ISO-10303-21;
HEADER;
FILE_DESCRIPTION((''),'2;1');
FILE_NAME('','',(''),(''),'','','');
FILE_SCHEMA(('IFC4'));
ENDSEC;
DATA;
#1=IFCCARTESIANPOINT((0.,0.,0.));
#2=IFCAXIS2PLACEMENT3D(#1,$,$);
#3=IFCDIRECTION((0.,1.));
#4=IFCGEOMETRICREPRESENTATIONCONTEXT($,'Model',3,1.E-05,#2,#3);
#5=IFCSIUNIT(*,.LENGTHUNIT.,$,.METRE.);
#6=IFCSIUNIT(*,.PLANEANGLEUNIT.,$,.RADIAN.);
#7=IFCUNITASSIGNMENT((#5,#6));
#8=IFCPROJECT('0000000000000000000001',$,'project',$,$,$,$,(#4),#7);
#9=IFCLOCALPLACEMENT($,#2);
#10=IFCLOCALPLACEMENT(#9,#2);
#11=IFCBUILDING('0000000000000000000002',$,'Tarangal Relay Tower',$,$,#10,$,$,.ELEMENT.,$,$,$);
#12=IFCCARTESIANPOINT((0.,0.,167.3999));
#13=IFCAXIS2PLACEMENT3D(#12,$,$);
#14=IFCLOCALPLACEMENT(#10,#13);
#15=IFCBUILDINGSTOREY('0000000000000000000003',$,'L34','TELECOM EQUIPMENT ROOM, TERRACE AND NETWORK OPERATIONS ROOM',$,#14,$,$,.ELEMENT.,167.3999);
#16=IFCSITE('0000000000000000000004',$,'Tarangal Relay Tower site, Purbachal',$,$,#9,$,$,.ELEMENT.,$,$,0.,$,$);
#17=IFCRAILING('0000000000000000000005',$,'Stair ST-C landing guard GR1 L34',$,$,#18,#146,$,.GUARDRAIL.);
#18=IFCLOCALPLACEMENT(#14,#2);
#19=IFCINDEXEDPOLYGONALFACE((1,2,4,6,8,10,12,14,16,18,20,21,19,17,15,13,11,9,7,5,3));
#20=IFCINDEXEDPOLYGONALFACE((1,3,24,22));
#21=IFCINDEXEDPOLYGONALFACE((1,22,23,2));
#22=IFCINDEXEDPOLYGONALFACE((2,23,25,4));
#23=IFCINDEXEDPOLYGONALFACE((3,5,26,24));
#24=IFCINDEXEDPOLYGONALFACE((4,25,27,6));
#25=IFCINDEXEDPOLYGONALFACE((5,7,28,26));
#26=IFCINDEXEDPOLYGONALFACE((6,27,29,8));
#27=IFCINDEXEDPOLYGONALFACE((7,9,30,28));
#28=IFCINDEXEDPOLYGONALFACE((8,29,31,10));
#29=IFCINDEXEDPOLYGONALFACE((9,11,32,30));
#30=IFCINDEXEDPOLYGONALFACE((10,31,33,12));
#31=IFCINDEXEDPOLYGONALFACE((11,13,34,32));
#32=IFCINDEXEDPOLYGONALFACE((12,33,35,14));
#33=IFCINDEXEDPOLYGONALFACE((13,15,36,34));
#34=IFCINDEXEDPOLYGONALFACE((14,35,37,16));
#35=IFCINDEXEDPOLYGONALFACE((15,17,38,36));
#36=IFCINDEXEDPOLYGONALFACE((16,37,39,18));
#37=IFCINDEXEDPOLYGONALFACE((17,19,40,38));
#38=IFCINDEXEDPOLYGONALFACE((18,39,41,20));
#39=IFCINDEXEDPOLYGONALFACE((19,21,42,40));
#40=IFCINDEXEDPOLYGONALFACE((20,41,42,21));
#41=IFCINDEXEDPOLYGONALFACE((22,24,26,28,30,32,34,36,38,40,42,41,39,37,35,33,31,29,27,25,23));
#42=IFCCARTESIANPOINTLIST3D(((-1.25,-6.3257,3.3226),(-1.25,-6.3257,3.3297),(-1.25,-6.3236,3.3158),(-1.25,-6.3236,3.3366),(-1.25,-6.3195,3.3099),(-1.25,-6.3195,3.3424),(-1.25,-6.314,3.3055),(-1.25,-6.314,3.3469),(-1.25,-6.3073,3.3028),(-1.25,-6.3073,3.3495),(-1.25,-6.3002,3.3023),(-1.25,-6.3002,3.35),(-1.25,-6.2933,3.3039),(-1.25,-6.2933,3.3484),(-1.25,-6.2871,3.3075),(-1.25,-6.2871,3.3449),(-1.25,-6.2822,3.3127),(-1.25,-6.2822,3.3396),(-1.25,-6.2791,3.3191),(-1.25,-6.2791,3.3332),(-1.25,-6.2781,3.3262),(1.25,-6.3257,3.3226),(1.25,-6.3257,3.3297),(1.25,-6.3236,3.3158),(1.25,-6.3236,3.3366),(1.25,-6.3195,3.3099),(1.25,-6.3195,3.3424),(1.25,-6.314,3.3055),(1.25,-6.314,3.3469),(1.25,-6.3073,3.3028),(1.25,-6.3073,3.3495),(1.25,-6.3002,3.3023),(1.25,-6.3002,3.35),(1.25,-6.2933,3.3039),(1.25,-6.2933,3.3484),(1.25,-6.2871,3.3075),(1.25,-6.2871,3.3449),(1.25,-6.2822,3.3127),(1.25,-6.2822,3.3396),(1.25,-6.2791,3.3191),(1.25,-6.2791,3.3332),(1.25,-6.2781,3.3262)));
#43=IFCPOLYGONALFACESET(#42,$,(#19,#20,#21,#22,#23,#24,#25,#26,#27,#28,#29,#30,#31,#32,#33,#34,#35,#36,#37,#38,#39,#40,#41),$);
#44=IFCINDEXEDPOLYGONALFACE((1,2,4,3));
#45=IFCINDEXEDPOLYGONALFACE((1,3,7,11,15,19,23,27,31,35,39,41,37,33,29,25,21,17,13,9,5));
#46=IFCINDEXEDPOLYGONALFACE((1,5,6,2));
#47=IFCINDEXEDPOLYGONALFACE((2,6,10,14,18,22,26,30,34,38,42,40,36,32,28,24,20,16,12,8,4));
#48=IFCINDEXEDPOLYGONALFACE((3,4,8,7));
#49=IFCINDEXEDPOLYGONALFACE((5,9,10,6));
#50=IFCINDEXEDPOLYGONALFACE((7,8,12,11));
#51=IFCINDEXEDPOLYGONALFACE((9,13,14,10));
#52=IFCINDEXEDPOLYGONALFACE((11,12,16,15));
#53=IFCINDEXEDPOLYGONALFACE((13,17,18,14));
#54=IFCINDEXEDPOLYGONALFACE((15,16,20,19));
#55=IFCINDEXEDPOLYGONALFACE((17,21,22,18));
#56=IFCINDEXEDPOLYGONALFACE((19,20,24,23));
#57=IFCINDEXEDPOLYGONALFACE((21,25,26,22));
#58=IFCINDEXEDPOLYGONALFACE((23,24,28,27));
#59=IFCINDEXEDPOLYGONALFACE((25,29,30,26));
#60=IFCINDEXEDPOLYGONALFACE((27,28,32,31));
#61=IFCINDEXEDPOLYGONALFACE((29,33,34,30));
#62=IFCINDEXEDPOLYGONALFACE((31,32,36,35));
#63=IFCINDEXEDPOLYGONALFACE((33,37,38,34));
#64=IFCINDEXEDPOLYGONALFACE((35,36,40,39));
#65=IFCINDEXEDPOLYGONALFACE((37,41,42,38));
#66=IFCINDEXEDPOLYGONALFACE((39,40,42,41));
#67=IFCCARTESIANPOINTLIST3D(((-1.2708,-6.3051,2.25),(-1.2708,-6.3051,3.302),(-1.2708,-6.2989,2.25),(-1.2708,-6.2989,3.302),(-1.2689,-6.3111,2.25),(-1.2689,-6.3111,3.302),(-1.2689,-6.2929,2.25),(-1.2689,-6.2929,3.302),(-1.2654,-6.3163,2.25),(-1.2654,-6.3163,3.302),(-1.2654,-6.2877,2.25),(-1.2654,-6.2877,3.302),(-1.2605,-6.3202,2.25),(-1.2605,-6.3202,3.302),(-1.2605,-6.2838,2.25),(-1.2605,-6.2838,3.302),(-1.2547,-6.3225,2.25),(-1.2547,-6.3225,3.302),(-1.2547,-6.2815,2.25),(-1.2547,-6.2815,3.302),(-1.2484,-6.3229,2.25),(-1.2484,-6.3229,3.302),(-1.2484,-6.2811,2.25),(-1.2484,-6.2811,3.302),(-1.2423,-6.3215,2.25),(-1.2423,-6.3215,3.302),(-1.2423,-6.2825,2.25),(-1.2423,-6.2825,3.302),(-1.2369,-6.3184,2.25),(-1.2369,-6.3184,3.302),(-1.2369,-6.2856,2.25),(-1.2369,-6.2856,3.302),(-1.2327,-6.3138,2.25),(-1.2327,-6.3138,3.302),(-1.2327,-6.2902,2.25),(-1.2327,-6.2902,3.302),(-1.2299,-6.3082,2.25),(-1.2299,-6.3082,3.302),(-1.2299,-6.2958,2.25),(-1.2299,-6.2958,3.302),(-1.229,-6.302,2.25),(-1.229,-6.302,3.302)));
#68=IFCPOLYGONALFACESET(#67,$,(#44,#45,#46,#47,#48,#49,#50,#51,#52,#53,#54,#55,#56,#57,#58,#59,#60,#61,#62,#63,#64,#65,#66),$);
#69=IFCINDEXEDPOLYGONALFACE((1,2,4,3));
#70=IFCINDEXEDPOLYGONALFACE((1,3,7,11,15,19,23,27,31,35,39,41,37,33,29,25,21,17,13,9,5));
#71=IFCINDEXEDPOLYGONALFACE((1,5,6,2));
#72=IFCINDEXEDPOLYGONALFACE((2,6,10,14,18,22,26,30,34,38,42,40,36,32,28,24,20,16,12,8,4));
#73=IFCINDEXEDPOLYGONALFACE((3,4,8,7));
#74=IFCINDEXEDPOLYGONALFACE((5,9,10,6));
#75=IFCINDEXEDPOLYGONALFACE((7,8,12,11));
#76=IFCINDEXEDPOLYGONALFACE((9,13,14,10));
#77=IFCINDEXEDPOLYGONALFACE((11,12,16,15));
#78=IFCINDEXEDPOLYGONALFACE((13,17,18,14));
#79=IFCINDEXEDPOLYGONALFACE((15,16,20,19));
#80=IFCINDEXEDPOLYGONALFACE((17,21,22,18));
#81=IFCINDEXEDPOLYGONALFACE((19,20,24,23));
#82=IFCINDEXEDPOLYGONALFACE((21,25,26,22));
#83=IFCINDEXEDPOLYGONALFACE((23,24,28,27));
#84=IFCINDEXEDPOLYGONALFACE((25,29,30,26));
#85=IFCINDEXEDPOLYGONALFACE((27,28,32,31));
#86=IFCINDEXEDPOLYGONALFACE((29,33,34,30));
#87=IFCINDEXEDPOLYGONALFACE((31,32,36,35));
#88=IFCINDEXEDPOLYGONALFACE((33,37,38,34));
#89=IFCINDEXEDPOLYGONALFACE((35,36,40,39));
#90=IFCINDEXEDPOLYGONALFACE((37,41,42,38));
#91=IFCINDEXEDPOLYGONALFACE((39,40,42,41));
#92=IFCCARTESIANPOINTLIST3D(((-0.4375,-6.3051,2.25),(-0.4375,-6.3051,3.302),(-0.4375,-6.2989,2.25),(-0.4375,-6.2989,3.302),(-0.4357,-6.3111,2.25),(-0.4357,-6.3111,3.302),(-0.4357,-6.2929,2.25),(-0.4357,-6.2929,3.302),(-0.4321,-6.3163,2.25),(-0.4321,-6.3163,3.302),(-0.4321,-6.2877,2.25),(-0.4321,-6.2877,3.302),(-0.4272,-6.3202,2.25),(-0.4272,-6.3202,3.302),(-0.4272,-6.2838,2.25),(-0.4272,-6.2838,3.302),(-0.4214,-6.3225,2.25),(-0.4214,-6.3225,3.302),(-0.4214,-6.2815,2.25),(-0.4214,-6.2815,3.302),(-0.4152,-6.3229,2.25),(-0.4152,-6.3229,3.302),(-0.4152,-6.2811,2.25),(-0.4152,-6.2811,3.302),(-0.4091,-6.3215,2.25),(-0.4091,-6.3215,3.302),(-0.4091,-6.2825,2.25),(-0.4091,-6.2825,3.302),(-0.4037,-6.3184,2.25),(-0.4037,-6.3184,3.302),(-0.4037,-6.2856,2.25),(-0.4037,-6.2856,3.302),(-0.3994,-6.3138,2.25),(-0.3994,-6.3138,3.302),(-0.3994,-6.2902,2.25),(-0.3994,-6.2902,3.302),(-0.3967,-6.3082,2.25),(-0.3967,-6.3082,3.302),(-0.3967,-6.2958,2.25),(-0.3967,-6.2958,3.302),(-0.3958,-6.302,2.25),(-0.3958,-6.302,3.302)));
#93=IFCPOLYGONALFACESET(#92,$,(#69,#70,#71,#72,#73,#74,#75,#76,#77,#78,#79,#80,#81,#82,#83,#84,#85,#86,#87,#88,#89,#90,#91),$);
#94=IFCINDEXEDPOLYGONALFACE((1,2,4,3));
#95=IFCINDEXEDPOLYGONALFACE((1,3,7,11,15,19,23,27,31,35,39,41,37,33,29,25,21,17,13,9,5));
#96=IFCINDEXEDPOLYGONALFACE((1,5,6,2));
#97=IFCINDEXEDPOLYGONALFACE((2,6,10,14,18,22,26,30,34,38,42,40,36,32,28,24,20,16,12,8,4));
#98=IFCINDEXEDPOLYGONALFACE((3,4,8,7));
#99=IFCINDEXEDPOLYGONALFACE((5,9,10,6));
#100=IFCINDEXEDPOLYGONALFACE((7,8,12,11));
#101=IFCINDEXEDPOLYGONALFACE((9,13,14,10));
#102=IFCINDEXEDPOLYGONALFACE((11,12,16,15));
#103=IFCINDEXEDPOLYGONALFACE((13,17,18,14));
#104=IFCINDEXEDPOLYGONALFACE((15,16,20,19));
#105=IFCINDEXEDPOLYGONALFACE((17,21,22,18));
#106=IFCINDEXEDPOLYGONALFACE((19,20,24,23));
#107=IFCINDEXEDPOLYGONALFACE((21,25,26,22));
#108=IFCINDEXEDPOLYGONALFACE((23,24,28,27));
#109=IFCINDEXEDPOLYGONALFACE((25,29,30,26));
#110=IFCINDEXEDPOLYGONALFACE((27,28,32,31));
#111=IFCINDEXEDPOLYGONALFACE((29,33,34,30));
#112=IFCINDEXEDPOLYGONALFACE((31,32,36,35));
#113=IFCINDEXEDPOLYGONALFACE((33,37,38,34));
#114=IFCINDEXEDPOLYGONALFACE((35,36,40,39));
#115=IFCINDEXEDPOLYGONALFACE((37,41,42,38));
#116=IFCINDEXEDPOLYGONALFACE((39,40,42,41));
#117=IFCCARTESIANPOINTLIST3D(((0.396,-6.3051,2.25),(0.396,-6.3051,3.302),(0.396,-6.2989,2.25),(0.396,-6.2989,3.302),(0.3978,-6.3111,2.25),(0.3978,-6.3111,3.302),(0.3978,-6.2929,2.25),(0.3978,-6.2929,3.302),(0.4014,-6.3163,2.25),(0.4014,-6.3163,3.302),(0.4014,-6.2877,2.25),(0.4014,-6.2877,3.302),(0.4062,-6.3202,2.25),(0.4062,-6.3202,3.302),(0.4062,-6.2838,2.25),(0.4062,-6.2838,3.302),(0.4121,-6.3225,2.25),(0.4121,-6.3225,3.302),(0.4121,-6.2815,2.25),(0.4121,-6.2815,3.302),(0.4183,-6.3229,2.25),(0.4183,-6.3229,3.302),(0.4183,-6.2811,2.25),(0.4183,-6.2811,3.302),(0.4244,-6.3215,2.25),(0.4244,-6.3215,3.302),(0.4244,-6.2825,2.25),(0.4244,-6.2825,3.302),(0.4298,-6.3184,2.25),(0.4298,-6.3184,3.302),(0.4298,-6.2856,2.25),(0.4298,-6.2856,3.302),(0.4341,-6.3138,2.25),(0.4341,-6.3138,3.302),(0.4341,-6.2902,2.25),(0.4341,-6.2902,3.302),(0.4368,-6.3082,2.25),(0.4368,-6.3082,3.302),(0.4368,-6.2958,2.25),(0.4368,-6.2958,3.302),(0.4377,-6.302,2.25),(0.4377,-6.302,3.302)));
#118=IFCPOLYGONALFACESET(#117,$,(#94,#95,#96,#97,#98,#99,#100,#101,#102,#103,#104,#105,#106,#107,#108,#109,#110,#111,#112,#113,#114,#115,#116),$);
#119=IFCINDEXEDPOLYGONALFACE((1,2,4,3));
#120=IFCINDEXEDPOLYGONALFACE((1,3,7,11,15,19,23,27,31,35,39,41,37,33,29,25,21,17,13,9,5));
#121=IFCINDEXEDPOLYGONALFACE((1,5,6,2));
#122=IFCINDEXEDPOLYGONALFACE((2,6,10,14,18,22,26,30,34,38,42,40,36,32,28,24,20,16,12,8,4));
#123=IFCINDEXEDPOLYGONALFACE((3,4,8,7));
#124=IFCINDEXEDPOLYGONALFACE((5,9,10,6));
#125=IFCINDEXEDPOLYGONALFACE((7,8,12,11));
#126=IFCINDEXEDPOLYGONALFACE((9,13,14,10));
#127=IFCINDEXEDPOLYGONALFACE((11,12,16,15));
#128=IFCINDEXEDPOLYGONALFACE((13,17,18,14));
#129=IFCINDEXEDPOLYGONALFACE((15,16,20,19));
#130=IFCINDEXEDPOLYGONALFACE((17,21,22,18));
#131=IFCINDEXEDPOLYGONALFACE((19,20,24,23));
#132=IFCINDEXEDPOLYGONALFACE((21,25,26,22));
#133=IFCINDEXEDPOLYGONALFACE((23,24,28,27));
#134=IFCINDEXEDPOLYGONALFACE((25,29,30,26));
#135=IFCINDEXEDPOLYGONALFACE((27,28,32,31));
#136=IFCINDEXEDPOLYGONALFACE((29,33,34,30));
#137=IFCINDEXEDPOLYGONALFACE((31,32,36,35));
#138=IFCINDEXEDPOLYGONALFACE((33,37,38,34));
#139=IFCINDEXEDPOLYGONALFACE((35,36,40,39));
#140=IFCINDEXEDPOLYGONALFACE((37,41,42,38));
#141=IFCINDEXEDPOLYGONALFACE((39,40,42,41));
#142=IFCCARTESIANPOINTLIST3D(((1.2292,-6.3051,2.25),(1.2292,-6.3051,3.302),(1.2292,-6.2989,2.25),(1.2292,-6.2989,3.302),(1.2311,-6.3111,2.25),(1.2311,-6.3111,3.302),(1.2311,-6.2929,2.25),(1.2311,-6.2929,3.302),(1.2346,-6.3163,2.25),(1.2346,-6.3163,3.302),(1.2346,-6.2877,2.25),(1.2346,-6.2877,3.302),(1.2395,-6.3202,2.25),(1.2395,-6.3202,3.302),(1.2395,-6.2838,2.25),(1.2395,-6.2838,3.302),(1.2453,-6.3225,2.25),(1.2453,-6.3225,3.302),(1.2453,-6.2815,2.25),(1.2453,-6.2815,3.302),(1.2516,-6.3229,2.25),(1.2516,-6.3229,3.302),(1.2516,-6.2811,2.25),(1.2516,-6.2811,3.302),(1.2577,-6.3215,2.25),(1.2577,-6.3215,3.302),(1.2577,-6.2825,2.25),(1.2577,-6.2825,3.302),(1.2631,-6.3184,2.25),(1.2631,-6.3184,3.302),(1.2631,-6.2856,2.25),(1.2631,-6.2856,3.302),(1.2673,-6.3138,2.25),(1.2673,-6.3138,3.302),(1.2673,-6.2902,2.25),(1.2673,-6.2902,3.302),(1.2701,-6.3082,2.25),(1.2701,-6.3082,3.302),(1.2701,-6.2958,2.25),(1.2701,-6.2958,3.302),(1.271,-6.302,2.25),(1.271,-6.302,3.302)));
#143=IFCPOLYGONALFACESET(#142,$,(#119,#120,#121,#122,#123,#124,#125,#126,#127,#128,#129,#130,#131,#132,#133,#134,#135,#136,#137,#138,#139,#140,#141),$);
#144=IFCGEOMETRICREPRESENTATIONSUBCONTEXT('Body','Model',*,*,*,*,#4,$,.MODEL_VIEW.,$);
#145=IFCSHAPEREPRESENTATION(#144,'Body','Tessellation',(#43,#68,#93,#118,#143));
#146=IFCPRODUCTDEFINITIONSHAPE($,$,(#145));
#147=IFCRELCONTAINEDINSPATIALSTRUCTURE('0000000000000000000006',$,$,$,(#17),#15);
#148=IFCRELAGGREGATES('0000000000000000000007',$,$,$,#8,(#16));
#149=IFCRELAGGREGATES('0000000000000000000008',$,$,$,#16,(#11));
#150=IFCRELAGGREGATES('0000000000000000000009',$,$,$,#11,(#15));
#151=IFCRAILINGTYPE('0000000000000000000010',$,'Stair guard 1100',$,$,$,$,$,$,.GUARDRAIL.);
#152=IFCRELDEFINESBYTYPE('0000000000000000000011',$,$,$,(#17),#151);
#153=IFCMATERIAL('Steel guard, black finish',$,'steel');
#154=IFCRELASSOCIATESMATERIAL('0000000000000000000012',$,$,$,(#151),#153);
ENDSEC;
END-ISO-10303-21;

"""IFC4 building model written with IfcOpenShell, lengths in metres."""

from ifc_helpers import new_model, si_unit, direction, frame, origin, origin_2d, place, context, subcontext, project, spatial, circle, extrude, material, type_object, element, save


model = new_model("IFC4")

# Units and contexts
model_context = context("Model", 3, precision=1e-05, world=origin(), true_north=direction((0.0, 1.0)))
body_context = subcontext(model_context, "Body", "Model", "MODEL_VIEW")
ifc_project = project(units=[si_unit("LENGTHUNIT", "METRE"), si_unit("PLANEANGLEUNIT", "RADIAN")], contexts=[model_context])

# Site, building, storey
site_placement = place(None, origin())
site = spatial("IfcSite", under=ifc_project, at=site_placement, Name="Tarangal Relay Tower site, Purbachal", CompositionType="ELEMENT", RefElevation=0.0)
building_placement = place(site_placement, origin())
building = spatial("IfcBuilding", under=site, at=building_placement, Name="Tarangal Relay Tower", CompositionType="ELEMENT")
storey_placement = place(building_placement, frame((0.0, 0.0, 167.3999)))
storey = spatial("IfcBuildingStorey", under=building, at=storey_placement, Name="L34", Description="TELECOM EQUIPMENT ROOM, TERRACE AND NETWORK OPERATIONS ROOM", CompositionType="ELEMENT", Elevation=167.3999)

# Railing
ifc_material_1 = material(Name="Steel guard, black finish", Category="steel")
railing_type_1 = type_object("IfcRailingType", Name="Stair guard 1100", PredefinedType="GUARDRAIL", material=ifc_material_1)
for number, where, name in (
    (1, (-1.25, -6.302, 2.25), "Stair ST-C landing guard GR1 L34"),
):
    element("IfcRailing", number, at=place(storey_placement, frame(where)), inside=storey, type_object=railing_type_1, Name=name, PredefinedType="GUARDRAIL", context=body_context, shape_type="SweptSolid", body=[
        extrude(circle(Radius=0.0239, at=origin_2d()), frame((0.0, 0.0, 1.0762), z_axis=(1.0, 0.0, 0.0), x_axis=(0.0, 1.0, 0.0)), (0.0, 0.0, 1.0), 2.5),
        extrude(circle(Radius=0.021, at=origin_2d()), origin(), (0.0, 0.0, 1.0), 1.052),
        extrude(circle(Radius=0.021, at=origin_2d()), frame((0.8333, 0.0, 0.0)), (0.0, 0.0, 1.0), 1.052),
        extrude(circle(Radius=0.021, at=origin_2d()), frame((1.6667, 0.0, 0.0)), (0.0, 0.0, 1.0), 1.052),
        extrude(circle(Radius=0.021, at=origin_2d()), frame((2.5, 0.0, 0.0)), (0.0, 0.0, 1.0), 1.052),
    ])

save(model, "model.ifc")
